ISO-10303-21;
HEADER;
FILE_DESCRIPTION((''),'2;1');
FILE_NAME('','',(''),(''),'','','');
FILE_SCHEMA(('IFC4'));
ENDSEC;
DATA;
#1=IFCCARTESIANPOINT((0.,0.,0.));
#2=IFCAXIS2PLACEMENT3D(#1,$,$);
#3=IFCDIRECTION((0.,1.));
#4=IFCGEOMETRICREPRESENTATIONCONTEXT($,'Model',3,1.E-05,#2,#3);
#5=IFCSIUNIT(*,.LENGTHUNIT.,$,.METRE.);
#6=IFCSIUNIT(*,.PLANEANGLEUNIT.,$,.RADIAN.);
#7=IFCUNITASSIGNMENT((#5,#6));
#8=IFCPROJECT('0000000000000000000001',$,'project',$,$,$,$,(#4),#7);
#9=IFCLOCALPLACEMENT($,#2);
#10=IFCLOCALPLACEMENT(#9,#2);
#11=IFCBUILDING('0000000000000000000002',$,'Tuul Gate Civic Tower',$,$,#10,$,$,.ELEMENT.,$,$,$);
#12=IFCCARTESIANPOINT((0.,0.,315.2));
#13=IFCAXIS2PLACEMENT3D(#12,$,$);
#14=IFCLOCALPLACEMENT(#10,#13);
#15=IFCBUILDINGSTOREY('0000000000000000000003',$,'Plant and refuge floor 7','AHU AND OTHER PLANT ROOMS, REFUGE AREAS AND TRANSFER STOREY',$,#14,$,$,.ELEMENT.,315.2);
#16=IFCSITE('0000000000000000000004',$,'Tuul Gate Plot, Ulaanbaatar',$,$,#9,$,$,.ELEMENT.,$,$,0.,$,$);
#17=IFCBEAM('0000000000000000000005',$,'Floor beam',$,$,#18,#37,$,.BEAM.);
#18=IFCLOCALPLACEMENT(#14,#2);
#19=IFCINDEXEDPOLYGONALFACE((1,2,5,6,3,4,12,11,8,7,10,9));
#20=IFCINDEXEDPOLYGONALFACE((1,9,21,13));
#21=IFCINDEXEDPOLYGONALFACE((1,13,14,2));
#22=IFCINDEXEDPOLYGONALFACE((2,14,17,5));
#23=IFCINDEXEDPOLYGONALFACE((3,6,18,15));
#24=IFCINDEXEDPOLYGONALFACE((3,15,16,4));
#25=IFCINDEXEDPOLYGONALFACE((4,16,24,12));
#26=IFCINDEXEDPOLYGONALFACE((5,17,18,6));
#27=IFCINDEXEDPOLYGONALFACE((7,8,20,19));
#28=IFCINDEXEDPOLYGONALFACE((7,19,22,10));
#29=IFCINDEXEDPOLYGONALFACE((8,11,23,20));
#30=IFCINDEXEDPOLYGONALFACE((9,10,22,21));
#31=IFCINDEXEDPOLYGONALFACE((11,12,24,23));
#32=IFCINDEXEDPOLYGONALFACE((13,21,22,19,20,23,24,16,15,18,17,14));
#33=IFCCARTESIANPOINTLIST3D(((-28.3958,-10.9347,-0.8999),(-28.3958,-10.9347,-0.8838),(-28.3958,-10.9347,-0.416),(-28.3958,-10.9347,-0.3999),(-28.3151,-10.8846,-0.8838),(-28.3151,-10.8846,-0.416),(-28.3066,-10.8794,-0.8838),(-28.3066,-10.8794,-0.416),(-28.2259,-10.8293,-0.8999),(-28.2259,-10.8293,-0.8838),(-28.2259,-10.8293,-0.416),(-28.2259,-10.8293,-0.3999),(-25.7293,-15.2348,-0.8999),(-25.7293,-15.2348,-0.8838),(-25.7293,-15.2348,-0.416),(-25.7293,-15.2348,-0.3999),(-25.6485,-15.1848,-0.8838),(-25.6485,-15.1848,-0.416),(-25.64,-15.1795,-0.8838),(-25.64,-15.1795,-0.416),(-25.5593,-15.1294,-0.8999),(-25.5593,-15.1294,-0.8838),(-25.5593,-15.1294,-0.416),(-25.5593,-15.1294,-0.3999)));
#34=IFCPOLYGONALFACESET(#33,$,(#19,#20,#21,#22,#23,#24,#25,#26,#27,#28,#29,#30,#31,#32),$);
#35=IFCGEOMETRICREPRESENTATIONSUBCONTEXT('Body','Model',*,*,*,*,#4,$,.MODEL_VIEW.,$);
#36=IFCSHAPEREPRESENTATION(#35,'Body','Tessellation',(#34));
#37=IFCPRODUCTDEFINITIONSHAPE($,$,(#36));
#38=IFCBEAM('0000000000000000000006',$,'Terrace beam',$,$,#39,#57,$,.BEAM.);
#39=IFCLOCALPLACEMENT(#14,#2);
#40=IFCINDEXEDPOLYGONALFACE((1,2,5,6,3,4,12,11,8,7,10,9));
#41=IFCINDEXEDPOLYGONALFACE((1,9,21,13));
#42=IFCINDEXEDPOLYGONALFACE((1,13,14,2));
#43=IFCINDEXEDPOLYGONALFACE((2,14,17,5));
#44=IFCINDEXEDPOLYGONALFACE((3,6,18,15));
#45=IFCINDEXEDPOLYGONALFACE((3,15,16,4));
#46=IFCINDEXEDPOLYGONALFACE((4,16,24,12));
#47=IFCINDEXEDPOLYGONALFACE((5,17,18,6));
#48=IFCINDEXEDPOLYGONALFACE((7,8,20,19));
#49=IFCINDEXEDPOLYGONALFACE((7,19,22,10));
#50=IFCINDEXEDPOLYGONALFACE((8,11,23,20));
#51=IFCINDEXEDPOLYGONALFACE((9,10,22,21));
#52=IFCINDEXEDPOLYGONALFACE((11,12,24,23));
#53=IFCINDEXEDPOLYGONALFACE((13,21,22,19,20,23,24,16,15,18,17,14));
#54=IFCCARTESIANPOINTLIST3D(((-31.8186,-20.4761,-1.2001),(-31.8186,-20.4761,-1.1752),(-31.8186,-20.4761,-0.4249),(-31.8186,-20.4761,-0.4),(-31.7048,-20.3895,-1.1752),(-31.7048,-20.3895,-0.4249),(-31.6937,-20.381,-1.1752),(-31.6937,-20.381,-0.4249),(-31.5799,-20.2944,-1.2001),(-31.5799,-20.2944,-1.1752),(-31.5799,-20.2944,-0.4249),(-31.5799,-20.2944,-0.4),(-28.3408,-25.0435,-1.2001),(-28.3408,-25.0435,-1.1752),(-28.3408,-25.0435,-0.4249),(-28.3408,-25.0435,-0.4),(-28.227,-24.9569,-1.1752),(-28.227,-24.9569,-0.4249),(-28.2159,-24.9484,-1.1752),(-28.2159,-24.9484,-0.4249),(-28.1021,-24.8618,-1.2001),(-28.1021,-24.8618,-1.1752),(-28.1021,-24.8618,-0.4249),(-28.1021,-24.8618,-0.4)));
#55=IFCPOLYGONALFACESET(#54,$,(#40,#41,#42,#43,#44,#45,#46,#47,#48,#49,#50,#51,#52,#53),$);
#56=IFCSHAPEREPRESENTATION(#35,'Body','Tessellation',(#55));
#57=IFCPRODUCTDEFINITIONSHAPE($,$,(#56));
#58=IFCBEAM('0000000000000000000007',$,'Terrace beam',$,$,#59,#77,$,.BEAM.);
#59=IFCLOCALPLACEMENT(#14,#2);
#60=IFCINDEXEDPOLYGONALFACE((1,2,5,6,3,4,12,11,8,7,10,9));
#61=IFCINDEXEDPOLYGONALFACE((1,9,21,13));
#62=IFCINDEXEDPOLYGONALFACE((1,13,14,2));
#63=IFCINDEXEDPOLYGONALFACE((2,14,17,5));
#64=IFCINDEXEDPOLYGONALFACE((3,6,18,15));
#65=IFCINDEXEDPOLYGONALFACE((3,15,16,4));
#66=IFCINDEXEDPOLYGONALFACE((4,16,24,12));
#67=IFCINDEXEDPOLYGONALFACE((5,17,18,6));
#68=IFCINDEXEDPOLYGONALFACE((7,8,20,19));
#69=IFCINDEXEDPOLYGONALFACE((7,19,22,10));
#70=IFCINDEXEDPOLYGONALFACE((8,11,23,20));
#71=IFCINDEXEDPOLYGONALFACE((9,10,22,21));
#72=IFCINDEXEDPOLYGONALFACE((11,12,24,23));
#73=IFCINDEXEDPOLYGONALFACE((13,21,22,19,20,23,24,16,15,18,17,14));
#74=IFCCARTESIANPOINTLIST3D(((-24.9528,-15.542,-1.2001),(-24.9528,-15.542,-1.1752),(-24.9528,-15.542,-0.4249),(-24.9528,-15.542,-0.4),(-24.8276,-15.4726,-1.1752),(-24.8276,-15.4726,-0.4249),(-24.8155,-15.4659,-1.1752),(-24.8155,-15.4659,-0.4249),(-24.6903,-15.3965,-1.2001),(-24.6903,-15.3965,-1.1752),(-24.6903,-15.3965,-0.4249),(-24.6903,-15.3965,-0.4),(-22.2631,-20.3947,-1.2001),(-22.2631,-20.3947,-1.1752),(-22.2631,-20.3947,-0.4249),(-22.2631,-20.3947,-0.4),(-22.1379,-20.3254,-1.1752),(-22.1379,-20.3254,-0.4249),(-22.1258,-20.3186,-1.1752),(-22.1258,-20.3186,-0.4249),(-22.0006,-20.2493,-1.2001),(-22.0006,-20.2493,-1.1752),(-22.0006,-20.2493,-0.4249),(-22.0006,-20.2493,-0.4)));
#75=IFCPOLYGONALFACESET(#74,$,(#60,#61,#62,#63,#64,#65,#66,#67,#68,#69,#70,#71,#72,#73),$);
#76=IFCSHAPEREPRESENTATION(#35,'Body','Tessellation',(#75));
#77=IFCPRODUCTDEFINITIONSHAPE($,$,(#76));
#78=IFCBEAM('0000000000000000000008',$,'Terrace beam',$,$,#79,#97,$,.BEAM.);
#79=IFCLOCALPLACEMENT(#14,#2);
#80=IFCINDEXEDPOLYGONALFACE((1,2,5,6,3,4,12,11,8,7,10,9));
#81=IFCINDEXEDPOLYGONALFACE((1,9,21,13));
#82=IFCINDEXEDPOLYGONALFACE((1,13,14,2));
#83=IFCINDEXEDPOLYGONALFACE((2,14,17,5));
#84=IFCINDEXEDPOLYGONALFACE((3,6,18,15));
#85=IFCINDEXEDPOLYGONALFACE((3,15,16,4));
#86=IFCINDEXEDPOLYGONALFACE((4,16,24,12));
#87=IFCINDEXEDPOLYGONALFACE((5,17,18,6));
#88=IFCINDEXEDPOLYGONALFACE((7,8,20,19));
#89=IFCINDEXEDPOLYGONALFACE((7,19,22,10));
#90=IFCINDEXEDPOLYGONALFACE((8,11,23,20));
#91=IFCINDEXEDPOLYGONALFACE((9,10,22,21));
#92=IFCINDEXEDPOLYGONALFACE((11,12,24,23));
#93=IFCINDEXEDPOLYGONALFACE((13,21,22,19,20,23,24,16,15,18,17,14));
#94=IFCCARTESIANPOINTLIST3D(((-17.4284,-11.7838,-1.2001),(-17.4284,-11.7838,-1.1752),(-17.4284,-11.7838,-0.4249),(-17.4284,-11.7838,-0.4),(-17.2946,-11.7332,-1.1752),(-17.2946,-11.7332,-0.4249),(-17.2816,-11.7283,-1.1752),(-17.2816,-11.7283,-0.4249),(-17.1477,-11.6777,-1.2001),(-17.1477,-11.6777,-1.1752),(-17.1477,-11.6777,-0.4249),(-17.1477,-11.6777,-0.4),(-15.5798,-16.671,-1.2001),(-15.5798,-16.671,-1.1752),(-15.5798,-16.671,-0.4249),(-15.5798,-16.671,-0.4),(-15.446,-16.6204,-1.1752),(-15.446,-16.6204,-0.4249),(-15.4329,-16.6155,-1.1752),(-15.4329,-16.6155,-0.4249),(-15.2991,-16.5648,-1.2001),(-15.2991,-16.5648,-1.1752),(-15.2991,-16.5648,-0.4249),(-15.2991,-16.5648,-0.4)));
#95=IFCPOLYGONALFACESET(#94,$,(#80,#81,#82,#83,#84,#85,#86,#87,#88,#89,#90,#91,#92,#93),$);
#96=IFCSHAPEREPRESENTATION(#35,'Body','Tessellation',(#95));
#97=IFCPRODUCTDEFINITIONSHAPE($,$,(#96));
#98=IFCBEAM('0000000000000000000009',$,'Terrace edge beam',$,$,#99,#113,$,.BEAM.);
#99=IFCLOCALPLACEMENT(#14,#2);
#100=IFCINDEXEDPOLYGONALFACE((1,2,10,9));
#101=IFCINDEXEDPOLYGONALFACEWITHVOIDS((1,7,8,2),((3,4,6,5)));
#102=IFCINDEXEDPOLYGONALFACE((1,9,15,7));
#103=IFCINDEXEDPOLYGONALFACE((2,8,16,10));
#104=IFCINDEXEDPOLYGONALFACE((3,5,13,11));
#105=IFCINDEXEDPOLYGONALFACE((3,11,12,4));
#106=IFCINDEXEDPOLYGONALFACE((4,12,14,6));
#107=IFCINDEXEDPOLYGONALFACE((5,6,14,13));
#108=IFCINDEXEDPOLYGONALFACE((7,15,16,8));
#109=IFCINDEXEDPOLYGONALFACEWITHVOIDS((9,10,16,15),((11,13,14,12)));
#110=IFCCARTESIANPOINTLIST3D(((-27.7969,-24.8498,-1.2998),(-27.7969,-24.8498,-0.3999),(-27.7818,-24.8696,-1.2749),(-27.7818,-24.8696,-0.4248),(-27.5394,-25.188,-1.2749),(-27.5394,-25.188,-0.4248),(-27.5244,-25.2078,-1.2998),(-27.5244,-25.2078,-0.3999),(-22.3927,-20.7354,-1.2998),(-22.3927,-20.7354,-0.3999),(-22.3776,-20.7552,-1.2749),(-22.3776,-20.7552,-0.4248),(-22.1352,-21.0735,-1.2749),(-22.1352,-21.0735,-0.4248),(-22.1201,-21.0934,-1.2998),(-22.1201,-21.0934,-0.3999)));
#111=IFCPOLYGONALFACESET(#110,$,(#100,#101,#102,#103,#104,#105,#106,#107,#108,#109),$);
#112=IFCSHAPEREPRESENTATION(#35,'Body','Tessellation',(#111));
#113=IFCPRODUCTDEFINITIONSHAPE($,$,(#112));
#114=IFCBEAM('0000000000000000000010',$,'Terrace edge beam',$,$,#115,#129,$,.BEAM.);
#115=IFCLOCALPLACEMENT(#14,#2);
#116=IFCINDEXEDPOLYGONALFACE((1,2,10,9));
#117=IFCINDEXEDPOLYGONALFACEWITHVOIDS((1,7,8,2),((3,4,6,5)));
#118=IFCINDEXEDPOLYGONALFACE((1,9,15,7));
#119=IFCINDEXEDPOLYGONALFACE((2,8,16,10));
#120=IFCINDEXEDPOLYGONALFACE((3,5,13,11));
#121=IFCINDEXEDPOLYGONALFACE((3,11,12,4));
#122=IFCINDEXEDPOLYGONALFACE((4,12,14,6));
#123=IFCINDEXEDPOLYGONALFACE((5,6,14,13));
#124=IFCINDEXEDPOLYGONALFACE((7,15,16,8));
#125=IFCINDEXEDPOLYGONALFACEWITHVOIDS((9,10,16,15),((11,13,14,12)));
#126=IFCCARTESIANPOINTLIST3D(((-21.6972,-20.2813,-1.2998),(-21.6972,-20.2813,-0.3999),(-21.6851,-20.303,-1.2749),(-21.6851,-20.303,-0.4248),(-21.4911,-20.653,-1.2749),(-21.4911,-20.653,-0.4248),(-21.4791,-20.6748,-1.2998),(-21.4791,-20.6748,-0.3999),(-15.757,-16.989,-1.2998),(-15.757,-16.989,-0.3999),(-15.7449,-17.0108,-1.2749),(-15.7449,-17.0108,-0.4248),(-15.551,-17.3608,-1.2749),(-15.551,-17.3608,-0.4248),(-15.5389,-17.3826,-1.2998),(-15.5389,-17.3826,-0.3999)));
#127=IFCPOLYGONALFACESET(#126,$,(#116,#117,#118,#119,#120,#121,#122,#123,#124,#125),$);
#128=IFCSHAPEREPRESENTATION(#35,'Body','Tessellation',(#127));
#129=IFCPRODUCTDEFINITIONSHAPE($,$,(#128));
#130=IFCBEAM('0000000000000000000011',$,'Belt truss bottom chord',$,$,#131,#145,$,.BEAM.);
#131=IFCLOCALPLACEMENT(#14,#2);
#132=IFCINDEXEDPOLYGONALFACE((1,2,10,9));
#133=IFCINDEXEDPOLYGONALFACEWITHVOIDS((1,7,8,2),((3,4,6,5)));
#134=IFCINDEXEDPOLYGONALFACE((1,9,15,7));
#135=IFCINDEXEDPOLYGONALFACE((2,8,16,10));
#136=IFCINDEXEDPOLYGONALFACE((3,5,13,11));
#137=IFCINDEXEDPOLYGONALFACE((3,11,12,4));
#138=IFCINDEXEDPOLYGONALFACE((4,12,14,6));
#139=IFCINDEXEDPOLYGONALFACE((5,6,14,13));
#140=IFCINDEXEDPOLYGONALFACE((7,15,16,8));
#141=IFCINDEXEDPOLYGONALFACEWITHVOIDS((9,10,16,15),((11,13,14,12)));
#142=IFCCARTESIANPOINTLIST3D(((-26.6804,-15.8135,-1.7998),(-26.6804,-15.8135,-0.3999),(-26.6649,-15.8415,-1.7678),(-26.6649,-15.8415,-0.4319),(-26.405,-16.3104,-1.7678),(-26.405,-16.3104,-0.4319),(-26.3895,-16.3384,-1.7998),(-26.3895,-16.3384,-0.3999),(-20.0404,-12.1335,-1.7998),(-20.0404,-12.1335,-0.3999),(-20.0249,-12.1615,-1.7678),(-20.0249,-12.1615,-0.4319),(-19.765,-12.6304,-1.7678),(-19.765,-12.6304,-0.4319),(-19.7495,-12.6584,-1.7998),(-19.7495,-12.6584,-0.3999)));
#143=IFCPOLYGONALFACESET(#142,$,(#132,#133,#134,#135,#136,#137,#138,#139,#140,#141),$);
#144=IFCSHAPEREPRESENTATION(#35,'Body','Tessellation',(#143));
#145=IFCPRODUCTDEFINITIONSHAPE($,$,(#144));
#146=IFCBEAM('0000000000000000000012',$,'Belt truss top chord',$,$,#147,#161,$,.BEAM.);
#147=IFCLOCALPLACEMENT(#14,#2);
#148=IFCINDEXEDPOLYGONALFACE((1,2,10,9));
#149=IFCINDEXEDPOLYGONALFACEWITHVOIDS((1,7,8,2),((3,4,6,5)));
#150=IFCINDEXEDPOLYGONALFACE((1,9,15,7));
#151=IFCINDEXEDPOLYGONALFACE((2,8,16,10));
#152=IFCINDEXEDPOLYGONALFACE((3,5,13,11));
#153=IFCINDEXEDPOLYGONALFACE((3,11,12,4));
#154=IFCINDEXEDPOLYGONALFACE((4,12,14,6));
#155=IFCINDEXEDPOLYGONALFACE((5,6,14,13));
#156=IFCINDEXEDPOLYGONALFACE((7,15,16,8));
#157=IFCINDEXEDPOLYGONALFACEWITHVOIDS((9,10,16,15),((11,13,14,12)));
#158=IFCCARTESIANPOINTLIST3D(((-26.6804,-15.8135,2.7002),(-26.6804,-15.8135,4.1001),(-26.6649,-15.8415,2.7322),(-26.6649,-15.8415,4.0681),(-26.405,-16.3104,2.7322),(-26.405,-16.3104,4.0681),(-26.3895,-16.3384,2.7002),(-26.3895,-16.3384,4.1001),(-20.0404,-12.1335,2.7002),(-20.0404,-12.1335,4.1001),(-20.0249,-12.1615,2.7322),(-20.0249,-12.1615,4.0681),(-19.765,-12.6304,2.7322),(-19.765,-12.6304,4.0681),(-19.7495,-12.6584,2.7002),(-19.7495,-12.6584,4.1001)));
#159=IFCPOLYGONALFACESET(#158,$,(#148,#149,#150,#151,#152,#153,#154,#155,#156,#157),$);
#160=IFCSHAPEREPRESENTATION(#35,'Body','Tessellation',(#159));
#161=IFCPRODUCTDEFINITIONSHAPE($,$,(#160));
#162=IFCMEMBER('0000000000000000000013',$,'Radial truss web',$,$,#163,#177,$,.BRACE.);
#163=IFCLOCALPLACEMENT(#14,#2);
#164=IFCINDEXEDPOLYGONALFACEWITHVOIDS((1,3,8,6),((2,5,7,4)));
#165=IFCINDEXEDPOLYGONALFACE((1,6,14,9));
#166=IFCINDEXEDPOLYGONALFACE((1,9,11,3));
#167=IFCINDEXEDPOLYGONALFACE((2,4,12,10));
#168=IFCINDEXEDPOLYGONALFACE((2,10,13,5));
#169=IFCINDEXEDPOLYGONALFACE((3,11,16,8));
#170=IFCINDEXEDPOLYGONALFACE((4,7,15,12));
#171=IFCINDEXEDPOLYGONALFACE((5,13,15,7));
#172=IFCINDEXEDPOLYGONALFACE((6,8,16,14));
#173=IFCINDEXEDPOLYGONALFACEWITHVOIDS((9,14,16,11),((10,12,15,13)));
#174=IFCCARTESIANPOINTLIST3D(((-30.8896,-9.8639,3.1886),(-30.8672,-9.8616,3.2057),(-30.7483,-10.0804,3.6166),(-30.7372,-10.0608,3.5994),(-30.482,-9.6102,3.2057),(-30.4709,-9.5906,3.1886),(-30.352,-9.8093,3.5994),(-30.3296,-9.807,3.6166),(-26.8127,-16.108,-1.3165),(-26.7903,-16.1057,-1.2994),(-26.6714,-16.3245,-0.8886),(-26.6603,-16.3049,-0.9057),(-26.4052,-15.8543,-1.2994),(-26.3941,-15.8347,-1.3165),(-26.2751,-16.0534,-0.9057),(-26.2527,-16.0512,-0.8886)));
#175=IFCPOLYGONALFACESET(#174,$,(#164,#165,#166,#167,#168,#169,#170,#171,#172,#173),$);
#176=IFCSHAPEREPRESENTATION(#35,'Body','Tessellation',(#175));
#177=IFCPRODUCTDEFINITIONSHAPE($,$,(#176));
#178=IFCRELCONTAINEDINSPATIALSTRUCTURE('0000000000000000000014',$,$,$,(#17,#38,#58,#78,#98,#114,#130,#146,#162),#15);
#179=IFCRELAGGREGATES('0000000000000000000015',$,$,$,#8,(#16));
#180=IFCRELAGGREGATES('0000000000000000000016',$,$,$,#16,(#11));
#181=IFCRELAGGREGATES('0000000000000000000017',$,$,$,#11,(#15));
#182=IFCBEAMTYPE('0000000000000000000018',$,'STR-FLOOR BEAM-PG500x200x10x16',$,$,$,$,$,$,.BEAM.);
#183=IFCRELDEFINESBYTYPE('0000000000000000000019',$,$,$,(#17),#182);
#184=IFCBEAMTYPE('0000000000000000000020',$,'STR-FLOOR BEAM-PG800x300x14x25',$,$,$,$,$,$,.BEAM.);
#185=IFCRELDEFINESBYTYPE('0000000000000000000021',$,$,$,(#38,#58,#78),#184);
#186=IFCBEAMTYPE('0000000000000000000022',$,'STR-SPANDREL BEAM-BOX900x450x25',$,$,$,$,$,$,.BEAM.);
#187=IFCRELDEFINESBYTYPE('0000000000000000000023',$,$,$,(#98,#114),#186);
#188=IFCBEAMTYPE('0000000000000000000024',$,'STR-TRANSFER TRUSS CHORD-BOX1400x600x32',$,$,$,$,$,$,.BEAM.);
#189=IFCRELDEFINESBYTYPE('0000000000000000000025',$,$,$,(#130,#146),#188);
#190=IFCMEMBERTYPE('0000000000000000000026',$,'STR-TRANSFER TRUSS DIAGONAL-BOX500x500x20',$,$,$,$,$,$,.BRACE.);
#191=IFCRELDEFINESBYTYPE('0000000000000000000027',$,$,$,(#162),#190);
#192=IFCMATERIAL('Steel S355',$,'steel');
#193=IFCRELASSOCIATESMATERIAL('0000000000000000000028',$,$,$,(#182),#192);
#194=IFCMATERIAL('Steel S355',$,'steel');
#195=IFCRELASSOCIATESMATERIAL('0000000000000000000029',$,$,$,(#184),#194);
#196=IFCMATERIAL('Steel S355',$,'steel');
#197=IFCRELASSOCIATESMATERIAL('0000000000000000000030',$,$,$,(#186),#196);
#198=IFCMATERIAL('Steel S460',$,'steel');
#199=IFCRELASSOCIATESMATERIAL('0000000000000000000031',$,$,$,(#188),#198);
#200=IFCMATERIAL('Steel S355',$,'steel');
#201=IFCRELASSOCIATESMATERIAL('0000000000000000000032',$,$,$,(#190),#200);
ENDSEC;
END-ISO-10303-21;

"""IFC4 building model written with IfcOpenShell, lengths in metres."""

from ifc_helpers import new_model, si_unit, direction, frame, origin, origin_2d, place, context, subcontext, project, spatial, hollow_rectangle, i_section, extrude, material, material_profile, profile_set, type_object, element, save


model = new_model("IFC4")

# Units and contexts
model_context = context("Model", 3, precision=1e-05, world=origin(), true_north=direction((0.0, 1.0)))
body_context = subcontext(model_context, "Body", "Model", "MODEL_VIEW")
ifc_project = project(units=[si_unit("LENGTHUNIT", "METRE"), si_unit("PLANEANGLEUNIT", "RADIAN")], contexts=[model_context])

# Site, building, storey
site_placement = place(None, origin())
site = spatial("IfcSite", under=ifc_project, at=site_placement, Name="Tuul Gate Plot, Ulaanbaatar", CompositionType="ELEMENT", RefElevation=0.0)
building_placement = place(site_placement, origin())
building = spatial("IfcBuilding", under=site, at=building_placement, Name="Tuul Gate Civic Tower", CompositionType="ELEMENT")
storey_placement = place(building_placement, frame((0.0, 0.0, 315.2)))
storey = spatial("IfcBuildingStorey", under=building, at=storey_placement, Name="Plant and refuge floor 7", Description="AHU AND OTHER PLANT ROOMS, REFUGE AREAS AND TRANSFER STOREY", CompositionType="ELEMENT", Elevation=315.2)

# Beams
ifc_material_1 = material(Name="Steel S355", Category="steel")
ifc_material_profile_1 = material_profile(ifc_material_1, i_section(OverallWidth=0.2, OverallDepth=0.5, WebThickness=0.01, FlangeThickness=0.0161, at=origin_2d()), Name="PG500x200x10x16")
ifc_profile_set_1 = profile_set([ifc_material_profile_1], Name="Steel S355")
beam_type_1 = type_object("IfcBeamType", Name="STR-FLOOR BEAM-PG500x200x10x16", PredefinedType="BEAM", material=ifc_profile_set_1)
beam_1_placement = place(storey_placement, frame((-25.6443, -15.1821, -0.6499), z_axis=(-0.527007, 0.849861, 0.0), x_axis=(-0.849861, -0.527007, 0.0)))
element("IfcBeam", 1, at=beam_1_placement, inside=storey, type_object=beam_type_1, Name="Floor beam", PredefinedType="BEAM", context=body_context, shape_type="SweptSolid", body=[
    extrude(i_section(OverallWidth=0.2, OverallDepth=0.5, WebThickness=0.01, FlangeThickness=0.0161, at=origin_2d()), origin(), (0.0, 0.0, 1.0), 5.0598),
])
ifc_material_2 = material(Name="Steel S355", Category="steel")
ifc_material_profile_2 = material_profile(ifc_material_2, i_section(OverallWidth=0.3, OverallDepth=0.8, WebThickness=0.0139, FlangeThickness=0.0249, at=origin_2d()), Name="PG800x300x14x25")
ifc_profile_set_2 = profile_set([ifc_material_profile_2], Name="Steel S355")
beam_type_2 = type_object("IfcBeamType", Name="STR-FLOOR BEAM-PG800x300x14x25", PredefinedType="BEAM", material=ifc_profile_set_2)
beam_2_placement = place(storey_placement, frame((-28.2214, -24.9526, -0.8), z_axis=(-0.605809, 0.79561, 0.0), x_axis=(-0.79561, -0.605809, 0.0)))
element("IfcBeam", 2, at=beam_2_placement, inside=storey, type_object=beam_type_2, Name="Terrace beam", PredefinedType="BEAM", context=body_context, shape_type="SweptSolid", body=[
    extrude(i_section(OverallWidth=0.3, OverallDepth=0.8, WebThickness=0.0139, FlangeThickness=0.0249, at=origin_2d()), origin(), (0.0, 0.0, 1.0), 5.7407),
])
beam_3_placement = place(storey_placement, frame((-22.1318, -20.322, -0.8), z_axis=(-0.484776, 0.874638, 0.0), x_axis=(-0.874638, -0.484776, 0.0)))
element("IfcBeam", 3, at=beam_3_placement, inside=storey, type_object=beam_type_2, Name="Terrace beam", PredefinedType="BEAM", context=body_context, shape_type="SweptSolid", body=[
    extrude(i_section(OverallWidth=0.3, OverallDepth=0.8, WebThickness=0.0139, FlangeThickness=0.0249, at=origin_2d()), origin(), (0.0, 0.0, 1.0), 5.5483),
])
beam_4_placement = place(storey_placement, frame((-15.4395, -16.6179, -0.8), z_axis=(-0.353795, 0.935323, 0.0), x_axis=(-0.935323, -0.353795, 0.0)))
element("IfcBeam", 4, at=beam_4_placement, inside=storey, type_object=beam_type_2, Name="Terrace beam", PredefinedType="BEAM", context=body_context, shape_type="SweptSolid", body=[
    extrude(i_section(OverallWidth=0.3, OverallDepth=0.8, WebThickness=0.0139, FlangeThickness=0.0249, at=origin_2d()), origin(), (0.0, 0.0, 1.0), 5.2251),
])
ifc_material_3 = material(Name="Steel S355", Category="steel")
ifc_material_profile_3 = material_profile(ifc_material_3, hollow_rectangle(XDim=0.45, YDim=0.8999, WallThickness=0.0249, at=origin_2d()), Name="BOX900x450x25")
ifc_profile_set_3 = profile_set([ifc_material_profile_3], Name="Steel S355")
beam_type_3 = type_object("IfcBeamType", Name="STR-SPANDREL BEAM-BOX900x450x25", PredefinedType="BEAM", material=ifc_profile_set_3)
beam_5_placement = place(storey_placement, frame((-27.6606, -25.0288, -0.8499), z_axis=(0.795649, 0.605758, 0.0), x_axis=(-0.605758, 0.795649, 0.0)))
element("IfcBeam", 5, at=beam_5_placement, inside=storey, type_object=beam_type_3, Name="Terrace edge beam", PredefinedType="BEAM", context=body_context, shape_type="SweptSolid", body=[
    extrude(hollow_rectangle(XDim=0.45, YDim=0.8999, WallThickness=0.0249, at=origin_2d()), origin(), (0.0, 0.0, 1.0), 6.7922),
])
beam_6_placement = place(storey_placement, frame((-21.5881, -20.478, -0.8499), z_axis=(0.874649, 0.484758, 0.0), x_axis=(-0.484758, 0.874649, 0.0)))
element("IfcBeam", 6, at=beam_6_placement, inside=storey, type_object=beam_type_3, Name="Terrace edge beam", PredefinedType="BEAM", context=body_context, shape_type="SweptSolid", body=[
    extrude(hollow_rectangle(XDim=0.45, YDim=0.8999, WallThickness=0.0249, at=origin_2d()), origin(), (0.0, 0.0, 1.0), 6.7915),
])
ifc_material_4 = material(Name="Steel S460", Category="steel")
ifc_material_profile_4 = material_profile(ifc_material_4, hollow_rectangle(XDim=0.6001, YDim=1.3999, WallThickness=0.032, at=origin_2d()), Name="BOX1400x600x32")
ifc_profile_set_4 = profile_set([ifc_material_profile_4], Name="Steel S460")
beam_type_4 = type_object("IfcBeamType", Name="STR-TRANSFER TRUSS CHORD-BOX1400x600x32", PredefinedType="BEAM", material=ifc_profile_set_4)
for number, where, z_axis, x_axis, name in (
    (7, (-26.5349, -16.0759, -1.0999), (0.874654, 0.484747, 0.0), (-0.484747, 0.874654, 0.0), "Belt truss bottom chord"),
    (8, (-26.5349, -16.0759, 3.4001), (0.874654, 0.484747, 0.0), (-0.484747, 0.874654, 0.0), "Belt truss top chord"),
):
    element("IfcBeam", number, at=place(storey_placement, frame(where, z_axis=z_axis, x_axis=x_axis)), inside=storey, type_object=beam_type_4, Name=name, PredefinedType="BEAM", context=body_context, shape_type="SweptSolid", body=[
        extrude(hollow_rectangle(XDim=0.6001, YDim=1.3999, WallThickness=0.032, at=origin_2d()), origin(), (0.0, 0.0, 1.0), 7.5916),
    ])

# Member
ifc_material_5 = material(Name="Steel S355", Category="steel")
ifc_material_profile_5 = material_profile(ifc_material_5, hollow_rectangle(XDim=0.5, YDim=0.5, WallThickness=0.02, at=origin_2d()), Name="BOX500x500x20")
ifc_profile_set_5 = profile_set([ifc_material_profile_5], Name="Steel S355")
member_type_1 = type_object("IfcMemberType", Name="STR-TRANSFER TRUSS DIAGONAL-BOX500x500x20", PredefinedType="BRACE", material=ifc_profile_set_5)
member_1_placement = place(storey_placement, frame((-26.5327, -16.0796, -1.1025), z_axis=(-0.467941, 0.716693, 0.517091), x_axis=(-0.837326, -0.546704, 0.0)))
element("IfcMember", 9, at=member_1_placement, inside=storey, type_object=member_type_1, Name="Radial truss web", PredefinedType="BRACE", context=body_context, shape_type="SweptSolid", body=[
    extrude(hollow_rectangle(XDim=0.5, YDim=0.5, WallThickness=0.02, at=origin_2d()), origin(), (0.0, 0.0, 1.0), 8.7124),
])

save(model, "model.ifc")
